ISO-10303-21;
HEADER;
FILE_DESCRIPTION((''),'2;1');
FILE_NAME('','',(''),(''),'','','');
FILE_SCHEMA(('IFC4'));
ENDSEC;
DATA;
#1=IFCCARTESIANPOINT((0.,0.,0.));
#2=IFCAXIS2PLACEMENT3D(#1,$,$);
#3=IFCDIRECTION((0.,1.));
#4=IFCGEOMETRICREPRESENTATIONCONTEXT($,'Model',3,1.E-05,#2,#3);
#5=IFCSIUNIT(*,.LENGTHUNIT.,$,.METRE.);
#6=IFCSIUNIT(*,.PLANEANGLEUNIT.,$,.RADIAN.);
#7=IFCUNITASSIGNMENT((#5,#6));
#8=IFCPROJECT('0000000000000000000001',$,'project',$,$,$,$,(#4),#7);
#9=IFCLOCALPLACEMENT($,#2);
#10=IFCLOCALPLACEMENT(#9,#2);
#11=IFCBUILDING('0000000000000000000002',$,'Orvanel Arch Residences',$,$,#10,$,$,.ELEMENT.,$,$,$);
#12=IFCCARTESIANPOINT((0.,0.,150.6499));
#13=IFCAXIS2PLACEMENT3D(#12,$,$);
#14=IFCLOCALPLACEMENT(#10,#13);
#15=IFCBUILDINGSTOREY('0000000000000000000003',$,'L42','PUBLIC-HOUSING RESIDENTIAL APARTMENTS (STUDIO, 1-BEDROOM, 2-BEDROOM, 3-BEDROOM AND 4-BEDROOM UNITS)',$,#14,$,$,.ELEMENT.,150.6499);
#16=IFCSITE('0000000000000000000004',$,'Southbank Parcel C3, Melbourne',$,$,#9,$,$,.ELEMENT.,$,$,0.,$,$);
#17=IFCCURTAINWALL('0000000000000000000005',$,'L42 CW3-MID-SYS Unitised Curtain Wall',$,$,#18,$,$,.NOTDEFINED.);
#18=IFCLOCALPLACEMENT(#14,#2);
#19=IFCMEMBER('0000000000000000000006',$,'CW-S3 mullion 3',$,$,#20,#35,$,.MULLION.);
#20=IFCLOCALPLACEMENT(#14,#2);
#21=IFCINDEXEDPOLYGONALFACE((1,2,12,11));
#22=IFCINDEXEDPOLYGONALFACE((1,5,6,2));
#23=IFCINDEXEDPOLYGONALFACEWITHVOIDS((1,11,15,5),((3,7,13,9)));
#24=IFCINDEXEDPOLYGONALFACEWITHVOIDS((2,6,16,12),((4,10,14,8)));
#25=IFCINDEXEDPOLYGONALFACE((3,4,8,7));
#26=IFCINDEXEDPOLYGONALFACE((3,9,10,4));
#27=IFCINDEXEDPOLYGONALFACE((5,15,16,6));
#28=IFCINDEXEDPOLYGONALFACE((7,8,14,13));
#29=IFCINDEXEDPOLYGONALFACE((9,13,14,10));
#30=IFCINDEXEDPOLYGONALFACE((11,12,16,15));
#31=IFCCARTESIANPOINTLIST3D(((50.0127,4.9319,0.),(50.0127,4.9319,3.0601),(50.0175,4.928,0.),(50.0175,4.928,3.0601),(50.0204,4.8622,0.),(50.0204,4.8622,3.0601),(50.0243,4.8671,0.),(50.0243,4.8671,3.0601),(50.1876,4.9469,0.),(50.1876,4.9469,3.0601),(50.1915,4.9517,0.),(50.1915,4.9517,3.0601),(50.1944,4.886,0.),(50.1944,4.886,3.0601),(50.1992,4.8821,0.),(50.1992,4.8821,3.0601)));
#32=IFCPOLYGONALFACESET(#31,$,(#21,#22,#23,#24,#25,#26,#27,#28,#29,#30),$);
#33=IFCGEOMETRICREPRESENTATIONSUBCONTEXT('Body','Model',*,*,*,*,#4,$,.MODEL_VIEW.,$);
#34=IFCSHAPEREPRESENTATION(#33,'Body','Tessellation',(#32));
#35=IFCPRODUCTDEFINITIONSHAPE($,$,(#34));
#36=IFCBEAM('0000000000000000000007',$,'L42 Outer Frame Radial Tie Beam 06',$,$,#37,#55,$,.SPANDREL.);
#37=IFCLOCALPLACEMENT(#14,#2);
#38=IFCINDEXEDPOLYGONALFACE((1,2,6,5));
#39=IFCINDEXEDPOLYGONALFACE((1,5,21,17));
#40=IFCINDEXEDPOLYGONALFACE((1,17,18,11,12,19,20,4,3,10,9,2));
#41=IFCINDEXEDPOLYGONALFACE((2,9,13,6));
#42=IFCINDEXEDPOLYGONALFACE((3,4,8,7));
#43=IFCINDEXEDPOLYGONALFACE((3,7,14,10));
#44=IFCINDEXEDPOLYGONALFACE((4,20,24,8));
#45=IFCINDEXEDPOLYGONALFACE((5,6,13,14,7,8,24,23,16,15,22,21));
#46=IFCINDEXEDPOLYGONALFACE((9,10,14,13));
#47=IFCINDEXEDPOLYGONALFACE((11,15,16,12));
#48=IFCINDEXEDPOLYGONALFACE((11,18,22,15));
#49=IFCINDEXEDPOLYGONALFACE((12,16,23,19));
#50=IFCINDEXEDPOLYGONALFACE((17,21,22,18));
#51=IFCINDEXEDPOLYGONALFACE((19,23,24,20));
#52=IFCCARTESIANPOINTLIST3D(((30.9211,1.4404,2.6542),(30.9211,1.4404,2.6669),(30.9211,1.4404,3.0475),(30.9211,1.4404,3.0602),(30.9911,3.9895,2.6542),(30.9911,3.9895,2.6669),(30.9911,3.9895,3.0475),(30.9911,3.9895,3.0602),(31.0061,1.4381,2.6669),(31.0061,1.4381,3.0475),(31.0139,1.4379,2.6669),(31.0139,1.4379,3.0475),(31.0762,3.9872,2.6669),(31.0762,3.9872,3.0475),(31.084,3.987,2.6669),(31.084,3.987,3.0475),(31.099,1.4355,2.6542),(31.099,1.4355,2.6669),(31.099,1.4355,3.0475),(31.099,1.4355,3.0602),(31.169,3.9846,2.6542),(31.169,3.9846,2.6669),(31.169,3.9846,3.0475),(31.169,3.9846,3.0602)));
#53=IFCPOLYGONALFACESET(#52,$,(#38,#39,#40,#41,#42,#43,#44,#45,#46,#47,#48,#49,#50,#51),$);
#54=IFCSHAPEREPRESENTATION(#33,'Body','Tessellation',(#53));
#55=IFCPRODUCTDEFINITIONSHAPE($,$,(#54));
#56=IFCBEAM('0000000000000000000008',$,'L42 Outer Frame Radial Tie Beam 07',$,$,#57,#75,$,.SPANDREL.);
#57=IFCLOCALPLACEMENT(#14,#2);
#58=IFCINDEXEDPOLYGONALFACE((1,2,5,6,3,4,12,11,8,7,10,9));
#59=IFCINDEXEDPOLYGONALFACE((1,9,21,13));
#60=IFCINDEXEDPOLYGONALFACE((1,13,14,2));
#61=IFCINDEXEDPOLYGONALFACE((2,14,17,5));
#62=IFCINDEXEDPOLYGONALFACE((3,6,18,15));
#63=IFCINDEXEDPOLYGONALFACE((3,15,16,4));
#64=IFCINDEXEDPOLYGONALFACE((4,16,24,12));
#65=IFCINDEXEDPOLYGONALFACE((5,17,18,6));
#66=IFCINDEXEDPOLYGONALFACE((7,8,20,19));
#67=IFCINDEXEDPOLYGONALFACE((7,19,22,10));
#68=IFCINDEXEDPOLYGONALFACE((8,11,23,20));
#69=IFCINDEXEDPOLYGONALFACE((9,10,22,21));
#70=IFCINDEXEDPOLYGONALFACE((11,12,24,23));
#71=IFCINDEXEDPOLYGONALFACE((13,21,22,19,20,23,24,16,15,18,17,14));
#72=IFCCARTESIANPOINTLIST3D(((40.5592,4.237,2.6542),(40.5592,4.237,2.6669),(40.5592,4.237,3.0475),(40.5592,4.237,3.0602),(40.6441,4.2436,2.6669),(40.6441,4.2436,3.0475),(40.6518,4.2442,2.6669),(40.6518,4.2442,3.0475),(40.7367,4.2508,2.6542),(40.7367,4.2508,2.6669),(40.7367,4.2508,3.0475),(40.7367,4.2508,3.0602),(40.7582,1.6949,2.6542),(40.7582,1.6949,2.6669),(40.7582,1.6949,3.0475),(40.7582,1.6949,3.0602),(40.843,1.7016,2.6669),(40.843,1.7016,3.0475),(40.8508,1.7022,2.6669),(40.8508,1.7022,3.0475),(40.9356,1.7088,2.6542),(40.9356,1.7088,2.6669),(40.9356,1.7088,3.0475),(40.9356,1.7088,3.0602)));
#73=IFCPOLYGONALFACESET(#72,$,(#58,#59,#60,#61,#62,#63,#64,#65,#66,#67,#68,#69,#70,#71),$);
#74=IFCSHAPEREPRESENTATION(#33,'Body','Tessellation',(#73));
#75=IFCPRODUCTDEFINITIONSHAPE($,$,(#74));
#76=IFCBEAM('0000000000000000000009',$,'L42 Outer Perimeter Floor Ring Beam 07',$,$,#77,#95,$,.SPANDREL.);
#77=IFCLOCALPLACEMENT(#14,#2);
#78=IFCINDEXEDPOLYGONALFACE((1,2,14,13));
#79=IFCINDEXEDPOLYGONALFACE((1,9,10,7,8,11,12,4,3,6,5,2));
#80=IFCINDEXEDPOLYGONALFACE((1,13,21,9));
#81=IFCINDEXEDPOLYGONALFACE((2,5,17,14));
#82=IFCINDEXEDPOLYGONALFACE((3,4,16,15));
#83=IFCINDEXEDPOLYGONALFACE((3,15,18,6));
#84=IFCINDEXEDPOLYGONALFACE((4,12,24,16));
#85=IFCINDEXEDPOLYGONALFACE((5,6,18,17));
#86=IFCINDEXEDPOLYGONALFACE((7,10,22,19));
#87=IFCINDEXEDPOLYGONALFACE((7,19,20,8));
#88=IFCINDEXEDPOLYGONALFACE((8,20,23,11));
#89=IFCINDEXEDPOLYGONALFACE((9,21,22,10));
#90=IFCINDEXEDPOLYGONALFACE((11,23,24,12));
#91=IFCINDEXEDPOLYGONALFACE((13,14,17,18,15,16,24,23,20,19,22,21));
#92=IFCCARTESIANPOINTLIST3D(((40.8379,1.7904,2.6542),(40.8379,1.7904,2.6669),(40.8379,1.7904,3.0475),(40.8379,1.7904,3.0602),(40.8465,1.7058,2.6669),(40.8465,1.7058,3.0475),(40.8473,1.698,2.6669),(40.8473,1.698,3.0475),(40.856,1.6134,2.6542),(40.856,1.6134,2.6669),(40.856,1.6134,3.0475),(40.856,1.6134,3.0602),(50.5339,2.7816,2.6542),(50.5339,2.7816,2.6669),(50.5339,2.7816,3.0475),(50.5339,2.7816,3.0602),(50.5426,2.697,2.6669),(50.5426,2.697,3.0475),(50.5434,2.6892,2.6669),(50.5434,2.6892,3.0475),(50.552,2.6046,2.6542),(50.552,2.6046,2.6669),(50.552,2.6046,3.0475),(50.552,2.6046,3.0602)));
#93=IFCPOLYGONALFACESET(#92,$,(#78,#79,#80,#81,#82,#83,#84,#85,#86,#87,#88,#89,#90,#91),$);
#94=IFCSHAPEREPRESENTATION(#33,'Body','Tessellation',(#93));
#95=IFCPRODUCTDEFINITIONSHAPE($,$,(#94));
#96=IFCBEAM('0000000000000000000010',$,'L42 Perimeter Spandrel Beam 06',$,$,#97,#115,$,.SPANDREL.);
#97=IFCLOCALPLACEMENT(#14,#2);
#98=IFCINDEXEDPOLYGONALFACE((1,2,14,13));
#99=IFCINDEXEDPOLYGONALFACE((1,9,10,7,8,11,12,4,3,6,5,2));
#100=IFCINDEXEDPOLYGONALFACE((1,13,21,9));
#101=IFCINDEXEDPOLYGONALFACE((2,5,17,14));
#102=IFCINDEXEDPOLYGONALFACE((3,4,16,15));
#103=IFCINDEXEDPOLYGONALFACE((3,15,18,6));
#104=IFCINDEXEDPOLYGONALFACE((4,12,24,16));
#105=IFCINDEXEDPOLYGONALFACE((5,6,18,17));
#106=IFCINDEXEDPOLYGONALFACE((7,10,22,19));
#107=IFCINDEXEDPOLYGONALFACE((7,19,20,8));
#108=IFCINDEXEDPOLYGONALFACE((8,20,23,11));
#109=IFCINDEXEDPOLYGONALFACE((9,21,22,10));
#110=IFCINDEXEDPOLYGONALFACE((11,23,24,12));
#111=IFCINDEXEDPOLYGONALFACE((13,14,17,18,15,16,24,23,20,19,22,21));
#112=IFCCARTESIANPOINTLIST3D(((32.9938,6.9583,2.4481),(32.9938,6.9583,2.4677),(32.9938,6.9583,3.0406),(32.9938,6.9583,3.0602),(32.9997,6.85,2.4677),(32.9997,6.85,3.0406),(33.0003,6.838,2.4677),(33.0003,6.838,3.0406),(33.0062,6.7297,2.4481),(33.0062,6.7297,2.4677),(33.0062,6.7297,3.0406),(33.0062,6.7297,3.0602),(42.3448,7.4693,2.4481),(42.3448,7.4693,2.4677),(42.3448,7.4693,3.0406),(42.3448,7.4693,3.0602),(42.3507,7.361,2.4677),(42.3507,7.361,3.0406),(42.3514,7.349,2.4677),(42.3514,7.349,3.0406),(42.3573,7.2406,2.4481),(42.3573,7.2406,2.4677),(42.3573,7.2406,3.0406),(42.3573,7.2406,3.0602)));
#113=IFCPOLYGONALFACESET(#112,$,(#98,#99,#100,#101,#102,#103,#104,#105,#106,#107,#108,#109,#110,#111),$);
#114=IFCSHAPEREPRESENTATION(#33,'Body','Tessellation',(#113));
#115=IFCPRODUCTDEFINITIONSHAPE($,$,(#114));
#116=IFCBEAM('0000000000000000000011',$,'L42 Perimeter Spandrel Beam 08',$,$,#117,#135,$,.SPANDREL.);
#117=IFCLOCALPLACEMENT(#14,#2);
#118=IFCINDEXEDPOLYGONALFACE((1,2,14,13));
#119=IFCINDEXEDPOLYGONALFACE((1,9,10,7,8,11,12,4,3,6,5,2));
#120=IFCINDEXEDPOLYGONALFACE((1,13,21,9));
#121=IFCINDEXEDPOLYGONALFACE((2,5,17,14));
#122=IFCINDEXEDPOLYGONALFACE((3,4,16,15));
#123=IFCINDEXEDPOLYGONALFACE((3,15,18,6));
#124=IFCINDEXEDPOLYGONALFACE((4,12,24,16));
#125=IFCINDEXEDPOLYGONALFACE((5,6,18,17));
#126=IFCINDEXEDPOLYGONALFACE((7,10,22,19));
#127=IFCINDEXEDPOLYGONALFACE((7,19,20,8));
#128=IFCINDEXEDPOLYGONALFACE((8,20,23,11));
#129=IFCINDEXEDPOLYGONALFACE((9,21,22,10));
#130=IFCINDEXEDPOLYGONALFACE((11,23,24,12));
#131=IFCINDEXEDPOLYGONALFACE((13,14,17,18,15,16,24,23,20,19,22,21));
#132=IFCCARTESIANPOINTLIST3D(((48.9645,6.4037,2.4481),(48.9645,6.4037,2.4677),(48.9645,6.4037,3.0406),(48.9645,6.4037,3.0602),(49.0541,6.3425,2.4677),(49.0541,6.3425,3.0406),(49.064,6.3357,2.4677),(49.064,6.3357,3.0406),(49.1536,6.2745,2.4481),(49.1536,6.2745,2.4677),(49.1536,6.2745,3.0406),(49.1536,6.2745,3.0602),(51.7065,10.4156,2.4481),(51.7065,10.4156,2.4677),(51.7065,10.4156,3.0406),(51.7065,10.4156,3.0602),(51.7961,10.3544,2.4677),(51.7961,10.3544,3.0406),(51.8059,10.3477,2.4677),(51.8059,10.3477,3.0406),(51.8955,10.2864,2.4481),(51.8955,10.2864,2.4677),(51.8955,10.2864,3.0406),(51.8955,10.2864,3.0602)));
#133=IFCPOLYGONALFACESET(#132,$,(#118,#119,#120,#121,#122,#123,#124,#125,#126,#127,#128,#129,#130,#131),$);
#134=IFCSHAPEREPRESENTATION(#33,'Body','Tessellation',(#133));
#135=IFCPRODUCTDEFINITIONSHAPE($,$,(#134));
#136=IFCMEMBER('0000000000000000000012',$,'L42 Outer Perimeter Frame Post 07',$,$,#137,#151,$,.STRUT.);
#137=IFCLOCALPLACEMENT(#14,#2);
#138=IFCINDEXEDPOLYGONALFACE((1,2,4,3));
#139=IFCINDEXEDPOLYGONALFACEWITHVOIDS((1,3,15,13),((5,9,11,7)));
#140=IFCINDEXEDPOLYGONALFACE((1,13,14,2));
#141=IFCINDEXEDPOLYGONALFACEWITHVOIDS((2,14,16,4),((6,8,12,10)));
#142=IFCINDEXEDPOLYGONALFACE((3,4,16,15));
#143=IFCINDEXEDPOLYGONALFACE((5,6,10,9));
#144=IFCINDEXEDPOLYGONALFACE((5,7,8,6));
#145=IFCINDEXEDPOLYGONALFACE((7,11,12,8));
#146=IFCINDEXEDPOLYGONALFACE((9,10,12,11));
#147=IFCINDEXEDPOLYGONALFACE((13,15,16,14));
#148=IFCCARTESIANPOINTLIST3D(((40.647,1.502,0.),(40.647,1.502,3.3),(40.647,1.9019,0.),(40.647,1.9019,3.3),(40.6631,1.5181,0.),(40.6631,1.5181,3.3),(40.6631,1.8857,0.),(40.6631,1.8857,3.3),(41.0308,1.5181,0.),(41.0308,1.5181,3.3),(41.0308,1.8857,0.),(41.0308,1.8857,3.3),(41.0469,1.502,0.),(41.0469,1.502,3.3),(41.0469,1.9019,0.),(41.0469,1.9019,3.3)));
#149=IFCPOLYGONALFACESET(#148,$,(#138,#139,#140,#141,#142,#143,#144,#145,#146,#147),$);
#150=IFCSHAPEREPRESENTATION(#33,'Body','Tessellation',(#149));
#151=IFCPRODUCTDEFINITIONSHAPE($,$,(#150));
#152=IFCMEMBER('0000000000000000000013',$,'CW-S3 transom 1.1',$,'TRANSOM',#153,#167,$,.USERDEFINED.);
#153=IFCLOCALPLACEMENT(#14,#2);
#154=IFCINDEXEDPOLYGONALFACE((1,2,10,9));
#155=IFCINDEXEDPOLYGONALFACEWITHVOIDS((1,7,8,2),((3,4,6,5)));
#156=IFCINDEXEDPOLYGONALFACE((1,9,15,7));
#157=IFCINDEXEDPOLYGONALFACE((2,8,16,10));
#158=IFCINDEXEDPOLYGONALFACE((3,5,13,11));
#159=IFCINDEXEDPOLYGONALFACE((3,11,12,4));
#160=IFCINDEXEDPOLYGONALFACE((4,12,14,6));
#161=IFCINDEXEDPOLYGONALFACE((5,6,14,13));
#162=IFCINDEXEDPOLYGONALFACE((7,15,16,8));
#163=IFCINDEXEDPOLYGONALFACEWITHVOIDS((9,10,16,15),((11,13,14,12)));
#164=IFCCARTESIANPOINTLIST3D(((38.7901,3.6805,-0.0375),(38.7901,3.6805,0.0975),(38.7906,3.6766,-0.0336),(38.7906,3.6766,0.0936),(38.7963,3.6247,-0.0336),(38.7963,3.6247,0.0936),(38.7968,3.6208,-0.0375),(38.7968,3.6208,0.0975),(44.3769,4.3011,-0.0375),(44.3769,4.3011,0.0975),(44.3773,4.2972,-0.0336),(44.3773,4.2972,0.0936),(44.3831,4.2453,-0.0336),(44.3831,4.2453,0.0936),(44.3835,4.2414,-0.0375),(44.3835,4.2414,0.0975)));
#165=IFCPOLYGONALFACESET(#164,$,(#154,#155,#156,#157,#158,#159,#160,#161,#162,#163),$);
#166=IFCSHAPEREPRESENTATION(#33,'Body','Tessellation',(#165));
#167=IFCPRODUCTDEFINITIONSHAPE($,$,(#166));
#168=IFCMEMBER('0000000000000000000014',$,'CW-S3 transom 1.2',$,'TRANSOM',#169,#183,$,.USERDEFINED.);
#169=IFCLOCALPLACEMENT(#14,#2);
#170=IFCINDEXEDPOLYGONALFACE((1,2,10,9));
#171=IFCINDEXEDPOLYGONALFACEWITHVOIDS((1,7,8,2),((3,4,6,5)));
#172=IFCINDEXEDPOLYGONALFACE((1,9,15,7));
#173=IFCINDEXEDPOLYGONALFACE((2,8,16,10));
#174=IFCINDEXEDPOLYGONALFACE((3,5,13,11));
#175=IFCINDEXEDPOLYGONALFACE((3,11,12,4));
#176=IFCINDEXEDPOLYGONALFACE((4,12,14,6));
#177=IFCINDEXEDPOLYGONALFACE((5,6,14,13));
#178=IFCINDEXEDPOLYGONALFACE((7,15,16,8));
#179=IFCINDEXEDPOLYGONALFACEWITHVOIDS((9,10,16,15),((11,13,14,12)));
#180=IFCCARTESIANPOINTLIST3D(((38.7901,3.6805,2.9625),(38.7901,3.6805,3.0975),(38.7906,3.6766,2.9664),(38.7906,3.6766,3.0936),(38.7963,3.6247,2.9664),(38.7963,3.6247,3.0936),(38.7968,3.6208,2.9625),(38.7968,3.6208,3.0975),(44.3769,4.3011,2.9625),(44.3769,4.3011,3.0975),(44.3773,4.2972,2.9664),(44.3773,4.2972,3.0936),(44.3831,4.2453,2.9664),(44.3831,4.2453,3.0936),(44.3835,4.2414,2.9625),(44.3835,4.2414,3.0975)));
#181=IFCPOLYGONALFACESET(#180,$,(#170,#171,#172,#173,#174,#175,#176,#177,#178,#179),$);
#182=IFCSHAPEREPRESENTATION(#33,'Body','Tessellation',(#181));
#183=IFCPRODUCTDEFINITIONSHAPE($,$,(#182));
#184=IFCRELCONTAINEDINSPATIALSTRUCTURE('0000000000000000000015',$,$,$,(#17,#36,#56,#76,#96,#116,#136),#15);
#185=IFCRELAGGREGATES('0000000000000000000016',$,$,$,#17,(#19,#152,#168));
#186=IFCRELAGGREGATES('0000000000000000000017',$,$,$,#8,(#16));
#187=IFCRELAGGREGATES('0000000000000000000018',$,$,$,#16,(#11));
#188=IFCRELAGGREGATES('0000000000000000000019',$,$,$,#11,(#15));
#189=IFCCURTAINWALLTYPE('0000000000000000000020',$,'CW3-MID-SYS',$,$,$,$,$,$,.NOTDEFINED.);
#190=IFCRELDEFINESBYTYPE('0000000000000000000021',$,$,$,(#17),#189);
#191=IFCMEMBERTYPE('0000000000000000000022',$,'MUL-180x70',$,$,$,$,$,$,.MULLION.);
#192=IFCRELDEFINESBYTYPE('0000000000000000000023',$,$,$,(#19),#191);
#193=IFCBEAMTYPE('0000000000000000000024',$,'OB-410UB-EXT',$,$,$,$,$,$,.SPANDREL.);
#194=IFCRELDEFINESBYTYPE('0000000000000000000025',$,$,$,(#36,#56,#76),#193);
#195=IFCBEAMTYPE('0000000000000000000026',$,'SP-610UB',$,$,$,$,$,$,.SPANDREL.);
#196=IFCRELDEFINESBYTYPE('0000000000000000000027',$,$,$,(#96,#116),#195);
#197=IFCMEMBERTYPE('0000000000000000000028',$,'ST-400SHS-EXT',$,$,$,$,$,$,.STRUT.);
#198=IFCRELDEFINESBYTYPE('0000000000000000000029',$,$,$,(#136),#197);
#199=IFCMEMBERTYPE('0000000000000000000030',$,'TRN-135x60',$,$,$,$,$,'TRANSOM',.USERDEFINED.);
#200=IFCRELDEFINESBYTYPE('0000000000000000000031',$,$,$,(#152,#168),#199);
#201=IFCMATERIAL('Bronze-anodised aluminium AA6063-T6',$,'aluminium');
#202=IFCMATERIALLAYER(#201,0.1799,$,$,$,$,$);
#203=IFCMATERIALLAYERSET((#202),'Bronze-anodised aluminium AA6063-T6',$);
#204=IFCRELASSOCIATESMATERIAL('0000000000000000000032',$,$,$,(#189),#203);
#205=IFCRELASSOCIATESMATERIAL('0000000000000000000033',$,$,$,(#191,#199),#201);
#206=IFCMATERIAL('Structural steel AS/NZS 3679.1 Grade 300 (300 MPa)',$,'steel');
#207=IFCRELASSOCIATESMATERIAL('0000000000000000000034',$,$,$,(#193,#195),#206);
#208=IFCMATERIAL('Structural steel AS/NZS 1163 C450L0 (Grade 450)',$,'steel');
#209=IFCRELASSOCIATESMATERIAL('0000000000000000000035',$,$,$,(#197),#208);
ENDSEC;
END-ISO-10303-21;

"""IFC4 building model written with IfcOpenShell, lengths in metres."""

from ifc_helpers import new_model, si_unit, direction, frame, origin, origin_2d, place, context, subcontext, project, spatial, hollow_rectangle, i_section, extrude, material, layer, layer_set, material_profile, profile_set, type_object, element, aggregate, save


model = new_model("IFC4")

# Units and contexts
model_context = context("Model", 3, precision=1e-05, world=origin(), true_north=direction((0.0, 1.0)))
body_context = subcontext(model_context, "Body", "Model", "MODEL_VIEW")
ifc_project = project(units=[si_unit("LENGTHUNIT", "METRE"), si_unit("PLANEANGLEUNIT", "RADIAN")], contexts=[model_context])

# Site, building, storey
site_placement = place(None, origin())
site = spatial("IfcSite", under=ifc_project, at=site_placement, Name="Southbank Parcel C3, Melbourne", CompositionType="ELEMENT", RefElevation=0.0)
building_placement = place(site_placement, origin())
building = spatial("IfcBuilding", under=site, at=building_placement, Name="Orvanel Arch Residences", CompositionType="ELEMENT")
storey_placement = place(building_placement, frame((0.0, 0.0, 150.6499)))
storey = spatial("IfcBuildingStorey", under=building, at=storey_placement, Name="L42", Description="PUBLIC-HOUSING RESIDENTIAL APARTMENTS (STUDIO, 1-BEDROOM, 2-BEDROOM, 3-BEDROOM AND 4-BEDROOM UNITS)", CompositionType="ELEMENT", Elevation=150.6499)

# Shared definitions
ifc_material_1 = material(Name="Structural steel AS/NZS 1163 C450L0 (Grade 450)", Category="steel")

# Curtain wall, member
ifc_material_2 = material(Name="Bronze-anodised aluminium AA6063-T6", Category="aluminium")
ifc_layer_1 = layer(ifc_material_2, 0.1799)
ifc_layer_set_1 = layer_set([ifc_layer_1], Name="Bronze-anodised aluminium AA6063-T6")
curtain_wall_type = type_object("IfcCurtainWallType", Name="CW3-MID-SYS", PredefinedType="NOTDEFINED", material=ifc_layer_set_1)
curtain_wall_placement = place(storey_placement, origin())
curtain_wall = element("IfcCurtainWall", 1, at=curtain_wall_placement, inside=storey, type_object=curtain_wall_type, Name="L42 CW3-MID-SYS Unitised Curtain Wall", PredefinedType="NOTDEFINED")
ifc_material_profile_1 = material_profile(ifc_material_2, hollow_rectangle(XDim=0.0701, YDim=0.1799, WallThickness=0.0044, at=origin_2d()), Name="ALU180x70x4.5")
ifc_profile_set_1 = profile_set([ifc_material_profile_1], Name="Bronze-anodised aluminium AA6063-T6")
member_type_1 = type_object("IfcMemberType", Name="MUL-180x70", PredefinedType="MULLION", material=ifc_profile_set_1)
member_1_placement = place(storey_placement, frame((50.106, 4.907, 0.0), z_axis=(0.0, 0.0, 1.0), x_axis=(-0.110374, 0.99389, 0.0)))
member_1 = element("IfcMember", 2, at=member_1_placement, type_object=member_type_1, Name="CW-S3 mullion 3", PredefinedType="MULLION", context=body_context, shape_type="SweptSolid", body=[
    extrude(hollow_rectangle(XDim=0.0701, YDim=0.1799, WallThickness=0.0044, at=origin_2d()), origin(), (0.0, 0.0, 1.0), 3.0601),
])

# Beams
ifc_material_3 = material(Name="Structural steel AS/NZS 3679.1 Grade 300 (300 MPa)", Category="steel")
ifc_material_profile_2 = material_profile(ifc_material_3, i_section(OverallWidth=0.178, OverallDepth=0.406, WebThickness=0.0078, FlangeThickness=0.0127, at=origin_2d()), Name="410UB59.7")
ifc_profile_set_2 = profile_set([ifc_material_profile_2], Name="Structural steel AS/NZS 3679.1 Grade 300 (300 MPa)")
beam_type_1 = type_object("IfcBeamType", Name="OB-410UB-EXT", PredefinedType="SPANDREL", material=ifc_profile_set_2)
beam_1_placement = place(storey_placement, frame((31.0801, 3.9871, 2.8572), z_axis=(-0.027477, -0.999622, 0.0), x_axis=(0.999622, -0.027477, 0.0)))
element("IfcBeam", 3, at=beam_1_placement, inside=storey, type_object=beam_type_1, Name="L42 Outer Frame Radial Tie Beam 06", PredefinedType="SPANDREL", context=body_context, shape_type="SweptSolid", body=[
    extrude(i_section(OverallWidth=0.178, OverallDepth=0.406, WebThickness=0.0078, FlangeThickness=0.0127, at=origin_2d()), origin(), (0.0, 0.0, 1.0), 2.55),
])
beam_2_placement = place(storey_placement, frame((40.6479, 4.2439, 2.8572), z_axis=(0.078036, -0.996951, 0.0), x_axis=(0.996951, 0.078036, 0.0)))
element("IfcBeam", 4, at=beam_2_placement, inside=storey, type_object=beam_type_1, Name="L42 Outer Frame Radial Tie Beam 07", PredefinedType="SPANDREL", context=body_context, shape_type="SweptSolid", body=[
    extrude(i_section(OverallWidth=0.178, OverallDepth=0.406, WebThickness=0.0078, FlangeThickness=0.0127, at=origin_2d()), origin(), (0.0, 0.0, 1.0), 2.5498),
])
beam_3_placement = place(storey_placement, frame((40.8469, 1.7019, 2.8572), z_axis=(0.994815, 0.101698, 0.0), x_axis=(-0.101698, 0.994815, 0.0)))
element("IfcBeam", 5, at=beam_3_placement, inside=storey, type_object=beam_type_1, Name="L42 Outer Perimeter Floor Ring Beam 07", PredefinedType="SPANDREL", context=body_context, shape_type="SweptSolid", body=[
    extrude(i_section(OverallWidth=0.178, OverallDepth=0.406, WebThickness=0.0078, FlangeThickness=0.0127, at=origin_2d()), origin(), (0.0, 0.0, 1.0), 9.7466),
])
ifc_material_profile_3 = material_profile(ifc_material_3, i_section(OverallWidth=0.229, OverallDepth=0.6121, WebThickness=0.012, FlangeThickness=0.0195, at=origin_2d()), Name="610UB125")
ifc_profile_set_3 = profile_set([ifc_material_profile_3], Name="Structural steel AS/NZS 3679.1 Grade 300 (300 MPa)")
beam_type_2 = type_object("IfcBeamType", Name="SP-610UB", PredefinedType="SPANDREL", material=ifc_profile_set_3)
beam_4_placement = place(storey_placement, frame((33.0, 6.844, 2.7542), z_axis=(0.99851, 0.054563, 0.0), x_axis=(-0.054563, 0.99851, 0.0)))
element("IfcBeam", 6, at=beam_4_placement, inside=storey, type_object=beam_type_2, Name="L42 Perimeter Spandrel Beam 06", PredefinedType="SPANDREL", context=body_context, shape_type="SweptSolid", body=[
    extrude(i_section(OverallWidth=0.229, OverallDepth=0.6121, WebThickness=0.012, FlangeThickness=0.0195, at=origin_2d()), origin(), (0.0, 0.0, 1.0), 9.365),
])
beam_5_placement = place(storey_placement, frame((49.0591, 6.3391, 2.7542), z_axis=(0.564252, 0.825603, 0.0), x_axis=(-0.825603, 0.564252, 0.0)))
element("IfcBeam", 7, at=beam_5_placement, inside=storey, type_object=beam_type_2, Name="L42 Perimeter Spandrel Beam 08", PredefinedType="SPANDREL", context=body_context, shape_type="SweptSolid", body=[
    extrude(i_section(OverallWidth=0.229, OverallDepth=0.6121, WebThickness=0.012, FlangeThickness=0.0195, at=origin_2d()), origin(), (0.0, 0.0, 1.0), 4.8594),
])

# Members
ifc_material_profile_4 = material_profile(ifc_material_1, hollow_rectangle(XDim=0.3999, YDim=0.3999, WallThickness=0.0161, at=origin_2d()), Name="SHS400x400x16")
ifc_profile_set_4 = profile_set([ifc_material_profile_4], Name="Structural steel AS/NZS 1163 C450L0 (Grade 450)")
member_type_2 = type_object("IfcMemberType", Name="ST-400SHS-EXT", PredefinedType="STRUT", material=ifc_profile_set_4)
member_2_placement = place(storey_placement, frame((40.8469, 1.7019, 0.0), z_axis=(0.0, 0.0, 1.0), x_axis=(1.0, 0.0, 0.0)))
element("IfcMember", 8, at=member_2_placement, inside=storey, type_object=member_type_2, Name="L42 Outer Perimeter Frame Post 07", PredefinedType="STRUT", context=body_context, shape_type="SweptSolid", body=[
    extrude(hollow_rectangle(XDim=0.3999, YDim=0.3999, WallThickness=0.0161, at=origin_2d()), origin(), (0.0, 0.0, 1.0), 3.3),
])
ifc_material_profile_5 = material_profile(ifc_material_2, hollow_rectangle(XDim=0.0601, YDim=0.135, WallThickness=0.0039, at=origin_2d()), Name="ALU135x60x4")
ifc_profile_set_5 = profile_set([ifc_material_profile_5], Name="Bronze-anodised aluminium AA6063-T6")
member_type_3 = type_object("IfcMemberType", Name="TRN-135x60", ElementType="TRANSOM", PredefinedType="USERDEFINED", material=ifc_profile_set_5)
member_3_placement = place(storey_placement, frame((38.7935, 3.6506, 0.03), z_axis=(0.993886, 0.110408, 0.0), x_axis=(-0.110408, 0.993886, 0.0)))
member_3 = element("IfcMember", 9, at=member_3_placement, type_object=member_type_3, Name="CW-S3 transom 1.1", ObjectType="TRANSOM", PredefinedType="USERDEFINED", context=body_context, shape_type="SweptSolid", body=[
    extrude(hollow_rectangle(XDim=0.0601, YDim=0.135, WallThickness=0.0039, at=origin_2d()), origin(), (0.0, 0.0, 1.0), 5.6211),
])
member_4_placement = place(storey_placement, frame((38.7935, 3.6506, 3.03), z_axis=(0.993886, 0.110408, 0.0), x_axis=(-0.110408, 0.993886, 0.0)))
member_4 = element("IfcMember", 10, at=member_4_placement, type_object=member_type_3, Name="CW-S3 transom 1.2", ObjectType="TRANSOM", PredefinedType="USERDEFINED", context=body_context, shape_type="SweptSolid", body=[
    extrude(hollow_rectangle(XDim=0.0601, YDim=0.135, WallThickness=0.0039, at=origin_2d()), origin(), (0.0, 0.0, 1.0), 5.6211),
])

aggregate(curtain_wall, [member_1, member_3, member_4])

save(model, "model.ifc")
